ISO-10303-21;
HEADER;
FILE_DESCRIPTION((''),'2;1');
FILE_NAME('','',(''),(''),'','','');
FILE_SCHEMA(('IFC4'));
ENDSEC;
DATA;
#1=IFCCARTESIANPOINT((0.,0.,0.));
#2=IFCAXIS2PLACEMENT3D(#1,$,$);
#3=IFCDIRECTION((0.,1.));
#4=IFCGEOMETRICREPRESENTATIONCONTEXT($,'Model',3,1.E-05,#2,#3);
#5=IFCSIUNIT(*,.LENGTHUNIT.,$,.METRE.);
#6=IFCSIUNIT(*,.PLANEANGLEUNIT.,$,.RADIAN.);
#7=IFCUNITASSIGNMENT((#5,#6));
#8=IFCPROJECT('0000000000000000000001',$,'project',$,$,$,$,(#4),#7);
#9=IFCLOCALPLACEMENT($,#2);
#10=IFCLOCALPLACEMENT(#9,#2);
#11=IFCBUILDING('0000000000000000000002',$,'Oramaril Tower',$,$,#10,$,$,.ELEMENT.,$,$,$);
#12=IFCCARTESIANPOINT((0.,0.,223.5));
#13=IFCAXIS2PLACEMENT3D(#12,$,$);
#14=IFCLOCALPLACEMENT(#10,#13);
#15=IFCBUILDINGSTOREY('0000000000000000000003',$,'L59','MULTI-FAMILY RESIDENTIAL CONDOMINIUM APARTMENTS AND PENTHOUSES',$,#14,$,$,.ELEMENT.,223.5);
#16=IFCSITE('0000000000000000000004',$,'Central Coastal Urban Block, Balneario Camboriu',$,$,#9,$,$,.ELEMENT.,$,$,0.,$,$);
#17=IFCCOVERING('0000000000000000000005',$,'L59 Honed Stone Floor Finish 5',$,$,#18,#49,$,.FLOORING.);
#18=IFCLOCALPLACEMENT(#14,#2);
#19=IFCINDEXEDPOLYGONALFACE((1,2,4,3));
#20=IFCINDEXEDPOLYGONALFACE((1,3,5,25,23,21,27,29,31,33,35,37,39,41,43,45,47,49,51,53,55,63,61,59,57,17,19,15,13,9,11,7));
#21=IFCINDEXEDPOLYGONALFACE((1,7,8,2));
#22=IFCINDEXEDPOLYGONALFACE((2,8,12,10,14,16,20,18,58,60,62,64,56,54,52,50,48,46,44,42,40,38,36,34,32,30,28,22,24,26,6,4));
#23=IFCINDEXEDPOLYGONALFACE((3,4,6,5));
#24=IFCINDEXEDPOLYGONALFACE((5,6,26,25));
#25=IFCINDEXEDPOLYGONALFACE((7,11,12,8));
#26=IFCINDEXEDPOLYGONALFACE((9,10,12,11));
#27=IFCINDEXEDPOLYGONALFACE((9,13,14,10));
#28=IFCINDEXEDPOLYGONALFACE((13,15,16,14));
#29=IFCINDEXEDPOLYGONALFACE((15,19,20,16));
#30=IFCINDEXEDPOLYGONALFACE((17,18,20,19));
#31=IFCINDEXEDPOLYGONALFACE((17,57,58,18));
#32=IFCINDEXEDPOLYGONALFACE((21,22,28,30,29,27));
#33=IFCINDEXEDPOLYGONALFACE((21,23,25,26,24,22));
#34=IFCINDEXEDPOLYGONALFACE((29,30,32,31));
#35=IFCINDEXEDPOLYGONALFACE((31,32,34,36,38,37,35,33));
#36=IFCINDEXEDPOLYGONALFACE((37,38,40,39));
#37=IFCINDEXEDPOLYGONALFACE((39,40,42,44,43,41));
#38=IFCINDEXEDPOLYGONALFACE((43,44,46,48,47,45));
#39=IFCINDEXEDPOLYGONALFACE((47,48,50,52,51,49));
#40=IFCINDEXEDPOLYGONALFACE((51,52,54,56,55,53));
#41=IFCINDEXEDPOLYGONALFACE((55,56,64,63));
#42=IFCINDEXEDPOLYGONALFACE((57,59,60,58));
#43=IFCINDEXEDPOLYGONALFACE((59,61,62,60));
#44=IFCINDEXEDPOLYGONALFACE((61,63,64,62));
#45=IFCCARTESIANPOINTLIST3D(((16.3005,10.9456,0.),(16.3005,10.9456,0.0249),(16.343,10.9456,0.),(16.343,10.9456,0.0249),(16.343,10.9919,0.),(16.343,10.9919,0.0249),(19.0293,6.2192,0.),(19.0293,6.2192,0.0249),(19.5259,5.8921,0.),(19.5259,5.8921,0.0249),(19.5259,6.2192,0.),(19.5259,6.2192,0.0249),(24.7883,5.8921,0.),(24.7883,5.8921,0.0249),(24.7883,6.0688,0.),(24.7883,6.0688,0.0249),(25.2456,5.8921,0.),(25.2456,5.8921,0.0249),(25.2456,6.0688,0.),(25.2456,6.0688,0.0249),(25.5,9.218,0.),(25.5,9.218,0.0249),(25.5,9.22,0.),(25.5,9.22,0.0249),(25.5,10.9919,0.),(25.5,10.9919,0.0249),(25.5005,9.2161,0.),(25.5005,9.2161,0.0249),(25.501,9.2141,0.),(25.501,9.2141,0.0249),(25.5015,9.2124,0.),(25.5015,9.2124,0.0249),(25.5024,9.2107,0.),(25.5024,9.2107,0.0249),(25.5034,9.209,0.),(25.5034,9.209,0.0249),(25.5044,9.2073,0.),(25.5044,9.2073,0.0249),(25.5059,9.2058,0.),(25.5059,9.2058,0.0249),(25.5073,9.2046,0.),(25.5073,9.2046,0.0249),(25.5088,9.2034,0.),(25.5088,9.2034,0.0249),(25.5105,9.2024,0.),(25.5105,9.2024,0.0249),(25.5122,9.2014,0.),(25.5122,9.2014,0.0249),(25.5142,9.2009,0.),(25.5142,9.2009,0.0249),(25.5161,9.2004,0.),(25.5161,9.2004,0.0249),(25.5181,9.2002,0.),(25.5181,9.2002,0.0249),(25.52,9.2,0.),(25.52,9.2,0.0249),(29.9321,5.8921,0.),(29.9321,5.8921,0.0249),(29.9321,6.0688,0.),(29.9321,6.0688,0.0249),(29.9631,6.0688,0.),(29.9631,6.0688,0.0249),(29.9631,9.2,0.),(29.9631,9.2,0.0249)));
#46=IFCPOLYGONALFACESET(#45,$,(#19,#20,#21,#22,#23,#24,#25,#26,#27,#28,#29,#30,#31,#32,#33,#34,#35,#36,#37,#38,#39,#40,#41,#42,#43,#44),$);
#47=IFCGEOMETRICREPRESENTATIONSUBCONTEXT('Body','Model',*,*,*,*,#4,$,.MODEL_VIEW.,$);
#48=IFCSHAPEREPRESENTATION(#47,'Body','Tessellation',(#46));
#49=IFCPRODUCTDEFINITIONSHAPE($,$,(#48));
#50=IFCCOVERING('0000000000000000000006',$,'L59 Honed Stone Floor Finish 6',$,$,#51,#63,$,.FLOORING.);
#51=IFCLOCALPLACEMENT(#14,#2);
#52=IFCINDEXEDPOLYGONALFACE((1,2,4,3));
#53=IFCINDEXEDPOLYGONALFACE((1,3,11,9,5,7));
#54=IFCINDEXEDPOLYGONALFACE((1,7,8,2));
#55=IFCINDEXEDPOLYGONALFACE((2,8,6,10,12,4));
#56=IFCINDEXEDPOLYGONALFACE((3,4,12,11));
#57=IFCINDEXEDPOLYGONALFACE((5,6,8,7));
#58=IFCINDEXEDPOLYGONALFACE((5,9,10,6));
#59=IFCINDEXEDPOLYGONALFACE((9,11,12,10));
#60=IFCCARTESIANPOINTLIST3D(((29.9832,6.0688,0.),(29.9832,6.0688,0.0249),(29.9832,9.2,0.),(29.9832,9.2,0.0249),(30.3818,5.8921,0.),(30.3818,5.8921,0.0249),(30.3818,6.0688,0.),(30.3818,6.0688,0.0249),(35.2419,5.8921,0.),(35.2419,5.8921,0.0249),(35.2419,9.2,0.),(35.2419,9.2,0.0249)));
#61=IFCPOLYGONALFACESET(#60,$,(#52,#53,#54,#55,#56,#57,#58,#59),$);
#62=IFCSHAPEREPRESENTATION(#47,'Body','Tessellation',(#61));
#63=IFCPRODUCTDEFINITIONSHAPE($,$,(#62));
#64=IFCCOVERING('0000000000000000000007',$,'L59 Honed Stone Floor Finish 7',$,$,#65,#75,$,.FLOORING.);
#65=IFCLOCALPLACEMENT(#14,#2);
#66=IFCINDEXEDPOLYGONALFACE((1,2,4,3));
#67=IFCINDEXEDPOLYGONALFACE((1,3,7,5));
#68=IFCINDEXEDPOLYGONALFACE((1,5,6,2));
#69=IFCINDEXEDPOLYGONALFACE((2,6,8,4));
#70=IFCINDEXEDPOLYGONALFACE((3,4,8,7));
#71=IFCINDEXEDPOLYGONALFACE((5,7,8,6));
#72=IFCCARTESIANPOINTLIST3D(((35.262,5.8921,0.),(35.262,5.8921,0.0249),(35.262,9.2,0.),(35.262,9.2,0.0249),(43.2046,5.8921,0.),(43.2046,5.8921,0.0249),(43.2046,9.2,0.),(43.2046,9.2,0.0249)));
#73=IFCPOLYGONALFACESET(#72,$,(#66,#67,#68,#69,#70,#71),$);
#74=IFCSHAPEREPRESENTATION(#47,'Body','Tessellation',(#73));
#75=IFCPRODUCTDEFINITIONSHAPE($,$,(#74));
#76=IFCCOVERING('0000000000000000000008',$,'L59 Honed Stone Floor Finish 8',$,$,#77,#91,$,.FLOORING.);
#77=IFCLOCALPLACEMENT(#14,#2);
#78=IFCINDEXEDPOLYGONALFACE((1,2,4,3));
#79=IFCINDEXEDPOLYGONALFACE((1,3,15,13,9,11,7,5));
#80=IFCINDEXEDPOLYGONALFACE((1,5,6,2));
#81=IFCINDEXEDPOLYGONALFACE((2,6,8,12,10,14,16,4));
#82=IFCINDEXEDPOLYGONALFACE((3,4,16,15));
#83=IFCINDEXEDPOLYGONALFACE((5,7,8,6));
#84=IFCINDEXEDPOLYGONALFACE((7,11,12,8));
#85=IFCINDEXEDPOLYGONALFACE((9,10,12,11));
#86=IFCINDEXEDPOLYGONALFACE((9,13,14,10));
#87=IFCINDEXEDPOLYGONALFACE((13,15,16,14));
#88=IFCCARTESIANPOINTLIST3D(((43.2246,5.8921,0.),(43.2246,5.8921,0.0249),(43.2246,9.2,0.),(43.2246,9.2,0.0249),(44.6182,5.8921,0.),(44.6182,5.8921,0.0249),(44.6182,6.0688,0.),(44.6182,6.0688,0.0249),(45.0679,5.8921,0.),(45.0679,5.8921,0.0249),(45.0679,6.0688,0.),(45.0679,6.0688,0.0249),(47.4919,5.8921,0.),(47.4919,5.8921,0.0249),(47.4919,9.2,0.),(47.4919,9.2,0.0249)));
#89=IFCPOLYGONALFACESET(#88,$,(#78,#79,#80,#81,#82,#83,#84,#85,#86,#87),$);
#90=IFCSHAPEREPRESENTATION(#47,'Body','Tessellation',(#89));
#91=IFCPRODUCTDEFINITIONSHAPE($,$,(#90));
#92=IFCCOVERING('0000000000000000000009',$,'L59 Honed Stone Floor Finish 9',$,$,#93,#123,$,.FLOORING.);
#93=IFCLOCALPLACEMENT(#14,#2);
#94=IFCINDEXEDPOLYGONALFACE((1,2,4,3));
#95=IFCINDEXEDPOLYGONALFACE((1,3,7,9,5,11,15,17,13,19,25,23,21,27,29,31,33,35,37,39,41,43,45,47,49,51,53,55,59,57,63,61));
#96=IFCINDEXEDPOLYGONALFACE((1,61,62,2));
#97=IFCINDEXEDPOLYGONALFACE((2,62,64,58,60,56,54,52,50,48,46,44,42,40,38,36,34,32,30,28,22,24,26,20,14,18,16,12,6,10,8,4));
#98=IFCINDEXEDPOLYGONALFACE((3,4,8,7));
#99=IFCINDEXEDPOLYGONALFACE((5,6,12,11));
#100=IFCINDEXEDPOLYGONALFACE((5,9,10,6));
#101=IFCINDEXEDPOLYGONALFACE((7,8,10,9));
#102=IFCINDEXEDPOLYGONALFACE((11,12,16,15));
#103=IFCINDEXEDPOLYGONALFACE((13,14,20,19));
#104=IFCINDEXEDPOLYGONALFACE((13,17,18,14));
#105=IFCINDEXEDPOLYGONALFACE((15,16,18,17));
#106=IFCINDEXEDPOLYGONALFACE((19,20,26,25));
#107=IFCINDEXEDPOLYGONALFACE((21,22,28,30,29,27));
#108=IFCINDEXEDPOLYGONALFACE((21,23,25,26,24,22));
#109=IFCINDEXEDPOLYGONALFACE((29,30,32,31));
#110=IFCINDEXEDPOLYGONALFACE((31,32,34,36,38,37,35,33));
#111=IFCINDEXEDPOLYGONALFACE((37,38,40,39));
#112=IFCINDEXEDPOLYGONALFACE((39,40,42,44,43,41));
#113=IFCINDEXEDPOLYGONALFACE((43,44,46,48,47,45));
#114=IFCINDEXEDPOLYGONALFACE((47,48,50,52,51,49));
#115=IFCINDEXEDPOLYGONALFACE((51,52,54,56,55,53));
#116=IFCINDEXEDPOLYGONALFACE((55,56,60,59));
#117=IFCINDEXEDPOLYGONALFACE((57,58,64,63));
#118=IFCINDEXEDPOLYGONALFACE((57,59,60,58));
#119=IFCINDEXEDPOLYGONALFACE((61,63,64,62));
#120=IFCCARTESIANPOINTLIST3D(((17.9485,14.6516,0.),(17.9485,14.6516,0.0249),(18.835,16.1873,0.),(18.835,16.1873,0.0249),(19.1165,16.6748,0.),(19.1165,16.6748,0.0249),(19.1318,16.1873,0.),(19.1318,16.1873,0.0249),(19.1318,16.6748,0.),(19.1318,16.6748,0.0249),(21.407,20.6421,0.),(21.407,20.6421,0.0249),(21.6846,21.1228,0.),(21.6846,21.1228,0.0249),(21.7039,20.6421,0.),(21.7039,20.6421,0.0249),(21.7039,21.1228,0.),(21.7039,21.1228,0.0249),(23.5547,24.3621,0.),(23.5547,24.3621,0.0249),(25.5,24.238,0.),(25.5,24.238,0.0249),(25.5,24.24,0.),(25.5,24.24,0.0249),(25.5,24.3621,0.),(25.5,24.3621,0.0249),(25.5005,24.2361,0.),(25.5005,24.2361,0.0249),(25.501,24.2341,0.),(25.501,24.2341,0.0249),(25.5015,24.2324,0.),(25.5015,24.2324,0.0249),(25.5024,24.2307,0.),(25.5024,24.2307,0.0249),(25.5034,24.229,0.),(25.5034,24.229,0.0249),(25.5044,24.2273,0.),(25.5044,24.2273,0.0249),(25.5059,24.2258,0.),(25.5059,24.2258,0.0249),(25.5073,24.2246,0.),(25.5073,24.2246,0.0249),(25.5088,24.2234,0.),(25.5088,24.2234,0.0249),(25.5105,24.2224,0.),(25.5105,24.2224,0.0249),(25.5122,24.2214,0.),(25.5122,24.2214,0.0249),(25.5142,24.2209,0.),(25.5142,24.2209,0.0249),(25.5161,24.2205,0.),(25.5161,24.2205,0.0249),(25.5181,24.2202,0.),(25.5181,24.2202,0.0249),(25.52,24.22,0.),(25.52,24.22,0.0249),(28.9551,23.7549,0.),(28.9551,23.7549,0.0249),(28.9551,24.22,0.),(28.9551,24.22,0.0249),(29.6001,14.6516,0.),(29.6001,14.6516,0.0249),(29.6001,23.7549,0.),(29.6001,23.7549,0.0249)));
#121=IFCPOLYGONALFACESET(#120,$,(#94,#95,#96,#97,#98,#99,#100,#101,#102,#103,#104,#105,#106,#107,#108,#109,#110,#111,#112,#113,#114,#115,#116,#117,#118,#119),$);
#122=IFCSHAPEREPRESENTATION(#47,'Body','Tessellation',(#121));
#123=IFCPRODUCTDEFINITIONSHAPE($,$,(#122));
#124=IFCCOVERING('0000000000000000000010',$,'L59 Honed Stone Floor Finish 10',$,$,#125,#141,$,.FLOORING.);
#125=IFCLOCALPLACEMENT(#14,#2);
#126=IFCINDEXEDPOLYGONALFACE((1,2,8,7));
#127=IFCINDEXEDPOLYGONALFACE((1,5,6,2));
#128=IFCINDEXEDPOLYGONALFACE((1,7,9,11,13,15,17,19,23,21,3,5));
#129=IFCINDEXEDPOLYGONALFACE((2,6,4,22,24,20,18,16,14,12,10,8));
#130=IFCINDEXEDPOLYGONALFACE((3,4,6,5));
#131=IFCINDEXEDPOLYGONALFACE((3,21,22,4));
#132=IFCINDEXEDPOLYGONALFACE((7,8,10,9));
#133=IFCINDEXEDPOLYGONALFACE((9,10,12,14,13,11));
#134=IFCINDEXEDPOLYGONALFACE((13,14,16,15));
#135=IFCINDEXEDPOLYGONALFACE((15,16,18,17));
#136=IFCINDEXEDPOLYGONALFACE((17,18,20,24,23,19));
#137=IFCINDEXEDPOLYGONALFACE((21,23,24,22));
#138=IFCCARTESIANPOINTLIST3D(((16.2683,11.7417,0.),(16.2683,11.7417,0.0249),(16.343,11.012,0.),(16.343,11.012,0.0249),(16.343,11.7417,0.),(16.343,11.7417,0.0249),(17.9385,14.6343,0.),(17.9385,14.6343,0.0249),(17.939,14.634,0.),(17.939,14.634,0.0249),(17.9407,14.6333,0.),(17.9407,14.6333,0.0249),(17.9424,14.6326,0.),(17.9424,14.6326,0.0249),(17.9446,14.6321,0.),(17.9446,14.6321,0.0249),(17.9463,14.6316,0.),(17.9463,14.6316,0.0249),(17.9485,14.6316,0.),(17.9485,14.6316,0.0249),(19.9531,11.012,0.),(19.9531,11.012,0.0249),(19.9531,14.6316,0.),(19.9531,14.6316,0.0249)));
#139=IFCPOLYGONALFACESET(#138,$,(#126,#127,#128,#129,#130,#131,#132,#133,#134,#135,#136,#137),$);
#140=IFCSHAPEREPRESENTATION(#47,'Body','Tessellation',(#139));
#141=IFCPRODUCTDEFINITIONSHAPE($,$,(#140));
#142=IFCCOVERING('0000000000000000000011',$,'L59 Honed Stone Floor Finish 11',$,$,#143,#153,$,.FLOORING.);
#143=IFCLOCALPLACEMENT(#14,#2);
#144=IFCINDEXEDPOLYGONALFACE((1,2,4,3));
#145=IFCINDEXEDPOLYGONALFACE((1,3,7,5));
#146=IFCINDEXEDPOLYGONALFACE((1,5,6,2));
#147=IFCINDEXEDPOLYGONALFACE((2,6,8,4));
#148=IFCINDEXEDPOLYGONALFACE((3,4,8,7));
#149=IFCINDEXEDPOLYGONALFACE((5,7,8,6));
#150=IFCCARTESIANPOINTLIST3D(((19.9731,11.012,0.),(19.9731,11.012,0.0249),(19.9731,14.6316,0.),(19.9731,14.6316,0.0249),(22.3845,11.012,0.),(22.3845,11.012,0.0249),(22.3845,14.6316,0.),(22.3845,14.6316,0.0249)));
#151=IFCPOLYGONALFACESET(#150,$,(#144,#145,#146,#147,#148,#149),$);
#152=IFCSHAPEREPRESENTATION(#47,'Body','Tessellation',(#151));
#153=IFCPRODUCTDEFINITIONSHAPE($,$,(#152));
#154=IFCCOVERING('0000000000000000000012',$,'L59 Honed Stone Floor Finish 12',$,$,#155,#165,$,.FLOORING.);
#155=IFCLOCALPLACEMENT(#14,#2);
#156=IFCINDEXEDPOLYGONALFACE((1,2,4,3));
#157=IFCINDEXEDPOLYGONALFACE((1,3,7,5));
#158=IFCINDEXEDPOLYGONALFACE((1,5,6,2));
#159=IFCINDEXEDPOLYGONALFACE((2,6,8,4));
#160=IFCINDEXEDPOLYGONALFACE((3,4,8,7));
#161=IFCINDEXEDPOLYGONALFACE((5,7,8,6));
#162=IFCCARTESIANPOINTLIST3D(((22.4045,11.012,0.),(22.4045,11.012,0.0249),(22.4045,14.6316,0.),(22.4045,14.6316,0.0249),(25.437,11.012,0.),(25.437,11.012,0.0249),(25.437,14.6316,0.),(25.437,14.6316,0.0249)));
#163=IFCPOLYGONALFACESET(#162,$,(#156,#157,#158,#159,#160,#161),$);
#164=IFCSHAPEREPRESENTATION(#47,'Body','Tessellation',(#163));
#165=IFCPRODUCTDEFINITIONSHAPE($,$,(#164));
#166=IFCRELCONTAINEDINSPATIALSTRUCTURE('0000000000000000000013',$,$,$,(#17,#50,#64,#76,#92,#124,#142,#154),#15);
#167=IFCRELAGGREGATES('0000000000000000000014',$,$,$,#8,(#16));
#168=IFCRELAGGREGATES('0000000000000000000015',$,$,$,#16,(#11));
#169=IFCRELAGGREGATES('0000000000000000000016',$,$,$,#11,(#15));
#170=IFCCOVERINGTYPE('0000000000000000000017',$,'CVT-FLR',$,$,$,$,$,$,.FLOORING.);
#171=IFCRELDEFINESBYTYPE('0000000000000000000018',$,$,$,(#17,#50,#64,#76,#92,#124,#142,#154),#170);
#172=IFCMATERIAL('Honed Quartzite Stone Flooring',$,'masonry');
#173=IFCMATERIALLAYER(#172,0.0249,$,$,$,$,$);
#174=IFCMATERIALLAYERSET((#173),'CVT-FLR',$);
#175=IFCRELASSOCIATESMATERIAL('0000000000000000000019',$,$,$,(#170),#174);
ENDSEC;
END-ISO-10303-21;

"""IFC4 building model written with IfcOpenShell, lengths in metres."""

from ifc_helpers import new_model, si_unit, direction, frame, origin, place, context, subcontext, project, spatial, polyline, outline, extrude, material, layer, layer_set, type_object, element, save


model = new_model("IFC4")

# Units and contexts
model_context = context("Model", 3, precision=1e-05, world=origin(), true_north=direction((0.0, 1.0)))
body_context = subcontext(model_context, "Body", "Model", "MODEL_VIEW")
ifc_project = project(units=[si_unit("LENGTHUNIT", "METRE"), si_unit("PLANEANGLEUNIT", "RADIAN")], contexts=[model_context])

# Site, building, storey
site_placement = place(None, origin())
site = spatial("IfcSite", under=ifc_project, at=site_placement, Name="Central Coastal Urban Block, Balneario Camboriu", CompositionType="ELEMENT", RefElevation=0.0)
building_placement = place(site_placement, origin())
building = spatial("IfcBuilding", under=site, at=building_placement, Name="Oramaril Tower", CompositionType="ELEMENT")
storey_placement = place(building_placement, frame((0.0, 0.0, 223.5)))
storey = spatial("IfcBuildingStorey", under=building, at=storey_placement, Name="L59", Description="MULTI-FAMILY RESIDENTIAL CONDOMINIUM APARTMENTS AND PENTHOUSES", CompositionType="ELEMENT", Elevation=223.5)

# Coverings
ifc_material_1 = material(Name="Honed Quartzite Stone Flooring", Category="masonry")
ifc_layer_1 = layer(ifc_material_1, 0.0249)
ifc_layer_set_1 = layer_set([ifc_layer_1], Name="CVT-FLR")
covering_type_1 = type_object("IfcCoveringType", Name="CVT-FLR", PredefinedType="FLOORING", material=ifc_layer_set_1)
covering_1_placement = place(storey_placement, origin())
element("IfcCovering", 1, at=covering_1_placement, inside=storey, type_object=covering_type_1, Name="L59 Honed Stone Floor Finish 5", PredefinedType="FLOORING", context=body_context, shape_type="SweptSolid", body=[
    extrude(outline(polyline([(29.9631, 6.0688), (29.9321, 6.0688), (29.9321, 5.8921), (25.2456, 5.8921), (25.2456, 6.0688), (24.7883, 6.0688), (24.7883, 5.8921), (19.5259, 5.8921), (19.5259, 6.2192), (19.0293, 6.2192), (16.3005, 10.9456), (16.343, 10.9456), (16.343, 10.9919), (25.5, 10.9919), (25.5, 9.22), (25.5, 9.218), (25.5005, 9.2161), (25.501, 9.2141), (25.5015, 9.2124), (25.5024, 9.2107), (25.5034, 9.209), (25.5044, 9.2073), (25.5059, 9.2058), (25.5073, 9.2046), (25.5088, 9.2034), (25.5105, 9.2024), (25.5122, 9.2014), (25.5142, 9.2009), (25.5161, 9.2004), (25.5181, 9.2002), (25.52, 9.2), (29.9631, 9.2), (29.9631, 6.0688)])), origin(), (0.0, 0.0, 1.0), 0.0249),
])
covering_2_placement = place(storey_placement, origin())
element("IfcCovering", 2, at=covering_2_placement, inside=storey, type_object=covering_type_1, Name="L59 Honed Stone Floor Finish 6", PredefinedType="FLOORING", context=body_context, shape_type="SweptSolid", body=[
    extrude(outline(polyline([(30.3818, 5.8921), (30.3818, 6.0688), (29.9832, 6.0688), (29.9832, 9.2), (35.2419, 9.2), (35.2419, 5.8921), (30.3818, 5.8921)])), origin(), (0.0, 0.0, 1.0), 0.0249),
])
covering_3_placement = place(storey_placement, origin())
element("IfcCovering", 3, at=covering_3_placement, inside=storey, type_object=covering_type_1, Name="L59 Honed Stone Floor Finish 7", PredefinedType="FLOORING", context=body_context, shape_type="SweptSolid", body=[
    extrude(outline(polyline([(35.262, 5.8921), (35.262, 9.2), (43.2046, 9.2), (43.2046, 5.8921), (35.262, 5.8921)])), origin(), (0.0, 0.0, 1.0), 0.0249),
])
covering_4_placement = place(storey_placement, origin())
element("IfcCovering", 4, at=covering_4_placement, inside=storey, type_object=covering_type_1, Name="L59 Honed Stone Floor Finish 8", PredefinedType="FLOORING", context=body_context, shape_type="SweptSolid", body=[
    extrude(outline(polyline([(45.0679, 6.0688), (44.6182, 6.0688), (44.6182, 5.8921), (43.2246, 5.8921), (43.2246, 9.2), (47.4919, 9.2), (47.4919, 5.8921), (45.0679, 5.8921), (45.0679, 6.0688)])), origin(), (0.0, 0.0, 1.0), 0.0249),
])
covering_5_placement = place(storey_placement, origin())
element("IfcCovering", 5, at=covering_5_placement, inside=storey, type_object=covering_type_1, Name="L59 Honed Stone Floor Finish 9", PredefinedType="FLOORING", context=body_context, shape_type="SweptSolid", body=[
    extrude(outline(polyline([(28.9551, 23.7549), (29.6001, 23.7549), (29.6001, 14.6516), (17.9485, 14.6516), (18.835, 16.1873), (19.1318, 16.1873), (19.1318, 16.6748), (19.1165, 16.6748), (21.407, 20.6421), (21.7039, 20.6421), (21.7039, 21.1228), (21.6846, 21.1228), (23.5547, 24.3621), (25.5, 24.3621), (25.5, 24.24), (25.5, 24.238), (25.5005, 24.2361), (25.501, 24.2341), (25.5015, 24.2324), (25.5024, 24.2307), (25.5034, 24.229), (25.5044, 24.2273), (25.5059, 24.2258), (25.5073, 24.2246), (25.5088, 24.2234), (25.5105, 24.2224), (25.5122, 24.2214), (25.5142, 24.2209), (25.5161, 24.2205), (25.5181, 24.2202), (25.52, 24.22), (28.9551, 24.22), (28.9551, 23.7549)])), origin(), (0.0, 0.0, 1.0), 0.0249),
])
covering_6_placement = place(storey_placement, origin())
element("IfcCovering", 6, at=covering_6_placement, inside=storey, type_object=covering_type_1, Name="L59 Honed Stone Floor Finish 10", PredefinedType="FLOORING", context=body_context, shape_type="SweptSolid", body=[
    extrude(outline(polyline([(16.343, 11.7417), (16.2683, 11.7417), (17.9385, 14.6343), (17.939, 14.634), (17.9407, 14.6333), (17.9424, 14.6326), (17.9446, 14.6321), (17.9463, 14.6316), (17.9485, 14.6316), (19.9531, 14.6316), (19.9531, 11.012), (16.343, 11.012), (16.343, 11.7417)])), origin(), (0.0, 0.0, 1.0), 0.0249),
])
covering_7_placement = place(storey_placement, origin())
element("IfcCovering", 7, at=covering_7_placement, inside=storey, type_object=covering_type_1, Name="L59 Honed Stone Floor Finish 11", PredefinedType="FLOORING", context=body_context, shape_type="SweptSolid", body=[
    extrude(outline(polyline([(22.3845, 11.012), (19.9731, 11.012), (19.9731, 14.6316), (22.3845, 14.6316), (22.3845, 11.012)])), origin(), (0.0, 0.0, 1.0), 0.0249),
])
covering_8_placement = place(storey_placement, origin())
element("IfcCovering", 8, at=covering_8_placement, inside=storey, type_object=covering_type_1, Name="L59 Honed Stone Floor Finish 12", PredefinedType="FLOORING", context=body_context, shape_type="SweptSolid", body=[
    extrude(outline(polyline([(25.437, 11.012), (22.4045, 11.012), (22.4045, 14.6316), (25.437, 14.6316), (25.437, 11.012)])), origin(), (0.0, 0.0, 1.0), 0.0249),
])

save(model, "model.ifc")
